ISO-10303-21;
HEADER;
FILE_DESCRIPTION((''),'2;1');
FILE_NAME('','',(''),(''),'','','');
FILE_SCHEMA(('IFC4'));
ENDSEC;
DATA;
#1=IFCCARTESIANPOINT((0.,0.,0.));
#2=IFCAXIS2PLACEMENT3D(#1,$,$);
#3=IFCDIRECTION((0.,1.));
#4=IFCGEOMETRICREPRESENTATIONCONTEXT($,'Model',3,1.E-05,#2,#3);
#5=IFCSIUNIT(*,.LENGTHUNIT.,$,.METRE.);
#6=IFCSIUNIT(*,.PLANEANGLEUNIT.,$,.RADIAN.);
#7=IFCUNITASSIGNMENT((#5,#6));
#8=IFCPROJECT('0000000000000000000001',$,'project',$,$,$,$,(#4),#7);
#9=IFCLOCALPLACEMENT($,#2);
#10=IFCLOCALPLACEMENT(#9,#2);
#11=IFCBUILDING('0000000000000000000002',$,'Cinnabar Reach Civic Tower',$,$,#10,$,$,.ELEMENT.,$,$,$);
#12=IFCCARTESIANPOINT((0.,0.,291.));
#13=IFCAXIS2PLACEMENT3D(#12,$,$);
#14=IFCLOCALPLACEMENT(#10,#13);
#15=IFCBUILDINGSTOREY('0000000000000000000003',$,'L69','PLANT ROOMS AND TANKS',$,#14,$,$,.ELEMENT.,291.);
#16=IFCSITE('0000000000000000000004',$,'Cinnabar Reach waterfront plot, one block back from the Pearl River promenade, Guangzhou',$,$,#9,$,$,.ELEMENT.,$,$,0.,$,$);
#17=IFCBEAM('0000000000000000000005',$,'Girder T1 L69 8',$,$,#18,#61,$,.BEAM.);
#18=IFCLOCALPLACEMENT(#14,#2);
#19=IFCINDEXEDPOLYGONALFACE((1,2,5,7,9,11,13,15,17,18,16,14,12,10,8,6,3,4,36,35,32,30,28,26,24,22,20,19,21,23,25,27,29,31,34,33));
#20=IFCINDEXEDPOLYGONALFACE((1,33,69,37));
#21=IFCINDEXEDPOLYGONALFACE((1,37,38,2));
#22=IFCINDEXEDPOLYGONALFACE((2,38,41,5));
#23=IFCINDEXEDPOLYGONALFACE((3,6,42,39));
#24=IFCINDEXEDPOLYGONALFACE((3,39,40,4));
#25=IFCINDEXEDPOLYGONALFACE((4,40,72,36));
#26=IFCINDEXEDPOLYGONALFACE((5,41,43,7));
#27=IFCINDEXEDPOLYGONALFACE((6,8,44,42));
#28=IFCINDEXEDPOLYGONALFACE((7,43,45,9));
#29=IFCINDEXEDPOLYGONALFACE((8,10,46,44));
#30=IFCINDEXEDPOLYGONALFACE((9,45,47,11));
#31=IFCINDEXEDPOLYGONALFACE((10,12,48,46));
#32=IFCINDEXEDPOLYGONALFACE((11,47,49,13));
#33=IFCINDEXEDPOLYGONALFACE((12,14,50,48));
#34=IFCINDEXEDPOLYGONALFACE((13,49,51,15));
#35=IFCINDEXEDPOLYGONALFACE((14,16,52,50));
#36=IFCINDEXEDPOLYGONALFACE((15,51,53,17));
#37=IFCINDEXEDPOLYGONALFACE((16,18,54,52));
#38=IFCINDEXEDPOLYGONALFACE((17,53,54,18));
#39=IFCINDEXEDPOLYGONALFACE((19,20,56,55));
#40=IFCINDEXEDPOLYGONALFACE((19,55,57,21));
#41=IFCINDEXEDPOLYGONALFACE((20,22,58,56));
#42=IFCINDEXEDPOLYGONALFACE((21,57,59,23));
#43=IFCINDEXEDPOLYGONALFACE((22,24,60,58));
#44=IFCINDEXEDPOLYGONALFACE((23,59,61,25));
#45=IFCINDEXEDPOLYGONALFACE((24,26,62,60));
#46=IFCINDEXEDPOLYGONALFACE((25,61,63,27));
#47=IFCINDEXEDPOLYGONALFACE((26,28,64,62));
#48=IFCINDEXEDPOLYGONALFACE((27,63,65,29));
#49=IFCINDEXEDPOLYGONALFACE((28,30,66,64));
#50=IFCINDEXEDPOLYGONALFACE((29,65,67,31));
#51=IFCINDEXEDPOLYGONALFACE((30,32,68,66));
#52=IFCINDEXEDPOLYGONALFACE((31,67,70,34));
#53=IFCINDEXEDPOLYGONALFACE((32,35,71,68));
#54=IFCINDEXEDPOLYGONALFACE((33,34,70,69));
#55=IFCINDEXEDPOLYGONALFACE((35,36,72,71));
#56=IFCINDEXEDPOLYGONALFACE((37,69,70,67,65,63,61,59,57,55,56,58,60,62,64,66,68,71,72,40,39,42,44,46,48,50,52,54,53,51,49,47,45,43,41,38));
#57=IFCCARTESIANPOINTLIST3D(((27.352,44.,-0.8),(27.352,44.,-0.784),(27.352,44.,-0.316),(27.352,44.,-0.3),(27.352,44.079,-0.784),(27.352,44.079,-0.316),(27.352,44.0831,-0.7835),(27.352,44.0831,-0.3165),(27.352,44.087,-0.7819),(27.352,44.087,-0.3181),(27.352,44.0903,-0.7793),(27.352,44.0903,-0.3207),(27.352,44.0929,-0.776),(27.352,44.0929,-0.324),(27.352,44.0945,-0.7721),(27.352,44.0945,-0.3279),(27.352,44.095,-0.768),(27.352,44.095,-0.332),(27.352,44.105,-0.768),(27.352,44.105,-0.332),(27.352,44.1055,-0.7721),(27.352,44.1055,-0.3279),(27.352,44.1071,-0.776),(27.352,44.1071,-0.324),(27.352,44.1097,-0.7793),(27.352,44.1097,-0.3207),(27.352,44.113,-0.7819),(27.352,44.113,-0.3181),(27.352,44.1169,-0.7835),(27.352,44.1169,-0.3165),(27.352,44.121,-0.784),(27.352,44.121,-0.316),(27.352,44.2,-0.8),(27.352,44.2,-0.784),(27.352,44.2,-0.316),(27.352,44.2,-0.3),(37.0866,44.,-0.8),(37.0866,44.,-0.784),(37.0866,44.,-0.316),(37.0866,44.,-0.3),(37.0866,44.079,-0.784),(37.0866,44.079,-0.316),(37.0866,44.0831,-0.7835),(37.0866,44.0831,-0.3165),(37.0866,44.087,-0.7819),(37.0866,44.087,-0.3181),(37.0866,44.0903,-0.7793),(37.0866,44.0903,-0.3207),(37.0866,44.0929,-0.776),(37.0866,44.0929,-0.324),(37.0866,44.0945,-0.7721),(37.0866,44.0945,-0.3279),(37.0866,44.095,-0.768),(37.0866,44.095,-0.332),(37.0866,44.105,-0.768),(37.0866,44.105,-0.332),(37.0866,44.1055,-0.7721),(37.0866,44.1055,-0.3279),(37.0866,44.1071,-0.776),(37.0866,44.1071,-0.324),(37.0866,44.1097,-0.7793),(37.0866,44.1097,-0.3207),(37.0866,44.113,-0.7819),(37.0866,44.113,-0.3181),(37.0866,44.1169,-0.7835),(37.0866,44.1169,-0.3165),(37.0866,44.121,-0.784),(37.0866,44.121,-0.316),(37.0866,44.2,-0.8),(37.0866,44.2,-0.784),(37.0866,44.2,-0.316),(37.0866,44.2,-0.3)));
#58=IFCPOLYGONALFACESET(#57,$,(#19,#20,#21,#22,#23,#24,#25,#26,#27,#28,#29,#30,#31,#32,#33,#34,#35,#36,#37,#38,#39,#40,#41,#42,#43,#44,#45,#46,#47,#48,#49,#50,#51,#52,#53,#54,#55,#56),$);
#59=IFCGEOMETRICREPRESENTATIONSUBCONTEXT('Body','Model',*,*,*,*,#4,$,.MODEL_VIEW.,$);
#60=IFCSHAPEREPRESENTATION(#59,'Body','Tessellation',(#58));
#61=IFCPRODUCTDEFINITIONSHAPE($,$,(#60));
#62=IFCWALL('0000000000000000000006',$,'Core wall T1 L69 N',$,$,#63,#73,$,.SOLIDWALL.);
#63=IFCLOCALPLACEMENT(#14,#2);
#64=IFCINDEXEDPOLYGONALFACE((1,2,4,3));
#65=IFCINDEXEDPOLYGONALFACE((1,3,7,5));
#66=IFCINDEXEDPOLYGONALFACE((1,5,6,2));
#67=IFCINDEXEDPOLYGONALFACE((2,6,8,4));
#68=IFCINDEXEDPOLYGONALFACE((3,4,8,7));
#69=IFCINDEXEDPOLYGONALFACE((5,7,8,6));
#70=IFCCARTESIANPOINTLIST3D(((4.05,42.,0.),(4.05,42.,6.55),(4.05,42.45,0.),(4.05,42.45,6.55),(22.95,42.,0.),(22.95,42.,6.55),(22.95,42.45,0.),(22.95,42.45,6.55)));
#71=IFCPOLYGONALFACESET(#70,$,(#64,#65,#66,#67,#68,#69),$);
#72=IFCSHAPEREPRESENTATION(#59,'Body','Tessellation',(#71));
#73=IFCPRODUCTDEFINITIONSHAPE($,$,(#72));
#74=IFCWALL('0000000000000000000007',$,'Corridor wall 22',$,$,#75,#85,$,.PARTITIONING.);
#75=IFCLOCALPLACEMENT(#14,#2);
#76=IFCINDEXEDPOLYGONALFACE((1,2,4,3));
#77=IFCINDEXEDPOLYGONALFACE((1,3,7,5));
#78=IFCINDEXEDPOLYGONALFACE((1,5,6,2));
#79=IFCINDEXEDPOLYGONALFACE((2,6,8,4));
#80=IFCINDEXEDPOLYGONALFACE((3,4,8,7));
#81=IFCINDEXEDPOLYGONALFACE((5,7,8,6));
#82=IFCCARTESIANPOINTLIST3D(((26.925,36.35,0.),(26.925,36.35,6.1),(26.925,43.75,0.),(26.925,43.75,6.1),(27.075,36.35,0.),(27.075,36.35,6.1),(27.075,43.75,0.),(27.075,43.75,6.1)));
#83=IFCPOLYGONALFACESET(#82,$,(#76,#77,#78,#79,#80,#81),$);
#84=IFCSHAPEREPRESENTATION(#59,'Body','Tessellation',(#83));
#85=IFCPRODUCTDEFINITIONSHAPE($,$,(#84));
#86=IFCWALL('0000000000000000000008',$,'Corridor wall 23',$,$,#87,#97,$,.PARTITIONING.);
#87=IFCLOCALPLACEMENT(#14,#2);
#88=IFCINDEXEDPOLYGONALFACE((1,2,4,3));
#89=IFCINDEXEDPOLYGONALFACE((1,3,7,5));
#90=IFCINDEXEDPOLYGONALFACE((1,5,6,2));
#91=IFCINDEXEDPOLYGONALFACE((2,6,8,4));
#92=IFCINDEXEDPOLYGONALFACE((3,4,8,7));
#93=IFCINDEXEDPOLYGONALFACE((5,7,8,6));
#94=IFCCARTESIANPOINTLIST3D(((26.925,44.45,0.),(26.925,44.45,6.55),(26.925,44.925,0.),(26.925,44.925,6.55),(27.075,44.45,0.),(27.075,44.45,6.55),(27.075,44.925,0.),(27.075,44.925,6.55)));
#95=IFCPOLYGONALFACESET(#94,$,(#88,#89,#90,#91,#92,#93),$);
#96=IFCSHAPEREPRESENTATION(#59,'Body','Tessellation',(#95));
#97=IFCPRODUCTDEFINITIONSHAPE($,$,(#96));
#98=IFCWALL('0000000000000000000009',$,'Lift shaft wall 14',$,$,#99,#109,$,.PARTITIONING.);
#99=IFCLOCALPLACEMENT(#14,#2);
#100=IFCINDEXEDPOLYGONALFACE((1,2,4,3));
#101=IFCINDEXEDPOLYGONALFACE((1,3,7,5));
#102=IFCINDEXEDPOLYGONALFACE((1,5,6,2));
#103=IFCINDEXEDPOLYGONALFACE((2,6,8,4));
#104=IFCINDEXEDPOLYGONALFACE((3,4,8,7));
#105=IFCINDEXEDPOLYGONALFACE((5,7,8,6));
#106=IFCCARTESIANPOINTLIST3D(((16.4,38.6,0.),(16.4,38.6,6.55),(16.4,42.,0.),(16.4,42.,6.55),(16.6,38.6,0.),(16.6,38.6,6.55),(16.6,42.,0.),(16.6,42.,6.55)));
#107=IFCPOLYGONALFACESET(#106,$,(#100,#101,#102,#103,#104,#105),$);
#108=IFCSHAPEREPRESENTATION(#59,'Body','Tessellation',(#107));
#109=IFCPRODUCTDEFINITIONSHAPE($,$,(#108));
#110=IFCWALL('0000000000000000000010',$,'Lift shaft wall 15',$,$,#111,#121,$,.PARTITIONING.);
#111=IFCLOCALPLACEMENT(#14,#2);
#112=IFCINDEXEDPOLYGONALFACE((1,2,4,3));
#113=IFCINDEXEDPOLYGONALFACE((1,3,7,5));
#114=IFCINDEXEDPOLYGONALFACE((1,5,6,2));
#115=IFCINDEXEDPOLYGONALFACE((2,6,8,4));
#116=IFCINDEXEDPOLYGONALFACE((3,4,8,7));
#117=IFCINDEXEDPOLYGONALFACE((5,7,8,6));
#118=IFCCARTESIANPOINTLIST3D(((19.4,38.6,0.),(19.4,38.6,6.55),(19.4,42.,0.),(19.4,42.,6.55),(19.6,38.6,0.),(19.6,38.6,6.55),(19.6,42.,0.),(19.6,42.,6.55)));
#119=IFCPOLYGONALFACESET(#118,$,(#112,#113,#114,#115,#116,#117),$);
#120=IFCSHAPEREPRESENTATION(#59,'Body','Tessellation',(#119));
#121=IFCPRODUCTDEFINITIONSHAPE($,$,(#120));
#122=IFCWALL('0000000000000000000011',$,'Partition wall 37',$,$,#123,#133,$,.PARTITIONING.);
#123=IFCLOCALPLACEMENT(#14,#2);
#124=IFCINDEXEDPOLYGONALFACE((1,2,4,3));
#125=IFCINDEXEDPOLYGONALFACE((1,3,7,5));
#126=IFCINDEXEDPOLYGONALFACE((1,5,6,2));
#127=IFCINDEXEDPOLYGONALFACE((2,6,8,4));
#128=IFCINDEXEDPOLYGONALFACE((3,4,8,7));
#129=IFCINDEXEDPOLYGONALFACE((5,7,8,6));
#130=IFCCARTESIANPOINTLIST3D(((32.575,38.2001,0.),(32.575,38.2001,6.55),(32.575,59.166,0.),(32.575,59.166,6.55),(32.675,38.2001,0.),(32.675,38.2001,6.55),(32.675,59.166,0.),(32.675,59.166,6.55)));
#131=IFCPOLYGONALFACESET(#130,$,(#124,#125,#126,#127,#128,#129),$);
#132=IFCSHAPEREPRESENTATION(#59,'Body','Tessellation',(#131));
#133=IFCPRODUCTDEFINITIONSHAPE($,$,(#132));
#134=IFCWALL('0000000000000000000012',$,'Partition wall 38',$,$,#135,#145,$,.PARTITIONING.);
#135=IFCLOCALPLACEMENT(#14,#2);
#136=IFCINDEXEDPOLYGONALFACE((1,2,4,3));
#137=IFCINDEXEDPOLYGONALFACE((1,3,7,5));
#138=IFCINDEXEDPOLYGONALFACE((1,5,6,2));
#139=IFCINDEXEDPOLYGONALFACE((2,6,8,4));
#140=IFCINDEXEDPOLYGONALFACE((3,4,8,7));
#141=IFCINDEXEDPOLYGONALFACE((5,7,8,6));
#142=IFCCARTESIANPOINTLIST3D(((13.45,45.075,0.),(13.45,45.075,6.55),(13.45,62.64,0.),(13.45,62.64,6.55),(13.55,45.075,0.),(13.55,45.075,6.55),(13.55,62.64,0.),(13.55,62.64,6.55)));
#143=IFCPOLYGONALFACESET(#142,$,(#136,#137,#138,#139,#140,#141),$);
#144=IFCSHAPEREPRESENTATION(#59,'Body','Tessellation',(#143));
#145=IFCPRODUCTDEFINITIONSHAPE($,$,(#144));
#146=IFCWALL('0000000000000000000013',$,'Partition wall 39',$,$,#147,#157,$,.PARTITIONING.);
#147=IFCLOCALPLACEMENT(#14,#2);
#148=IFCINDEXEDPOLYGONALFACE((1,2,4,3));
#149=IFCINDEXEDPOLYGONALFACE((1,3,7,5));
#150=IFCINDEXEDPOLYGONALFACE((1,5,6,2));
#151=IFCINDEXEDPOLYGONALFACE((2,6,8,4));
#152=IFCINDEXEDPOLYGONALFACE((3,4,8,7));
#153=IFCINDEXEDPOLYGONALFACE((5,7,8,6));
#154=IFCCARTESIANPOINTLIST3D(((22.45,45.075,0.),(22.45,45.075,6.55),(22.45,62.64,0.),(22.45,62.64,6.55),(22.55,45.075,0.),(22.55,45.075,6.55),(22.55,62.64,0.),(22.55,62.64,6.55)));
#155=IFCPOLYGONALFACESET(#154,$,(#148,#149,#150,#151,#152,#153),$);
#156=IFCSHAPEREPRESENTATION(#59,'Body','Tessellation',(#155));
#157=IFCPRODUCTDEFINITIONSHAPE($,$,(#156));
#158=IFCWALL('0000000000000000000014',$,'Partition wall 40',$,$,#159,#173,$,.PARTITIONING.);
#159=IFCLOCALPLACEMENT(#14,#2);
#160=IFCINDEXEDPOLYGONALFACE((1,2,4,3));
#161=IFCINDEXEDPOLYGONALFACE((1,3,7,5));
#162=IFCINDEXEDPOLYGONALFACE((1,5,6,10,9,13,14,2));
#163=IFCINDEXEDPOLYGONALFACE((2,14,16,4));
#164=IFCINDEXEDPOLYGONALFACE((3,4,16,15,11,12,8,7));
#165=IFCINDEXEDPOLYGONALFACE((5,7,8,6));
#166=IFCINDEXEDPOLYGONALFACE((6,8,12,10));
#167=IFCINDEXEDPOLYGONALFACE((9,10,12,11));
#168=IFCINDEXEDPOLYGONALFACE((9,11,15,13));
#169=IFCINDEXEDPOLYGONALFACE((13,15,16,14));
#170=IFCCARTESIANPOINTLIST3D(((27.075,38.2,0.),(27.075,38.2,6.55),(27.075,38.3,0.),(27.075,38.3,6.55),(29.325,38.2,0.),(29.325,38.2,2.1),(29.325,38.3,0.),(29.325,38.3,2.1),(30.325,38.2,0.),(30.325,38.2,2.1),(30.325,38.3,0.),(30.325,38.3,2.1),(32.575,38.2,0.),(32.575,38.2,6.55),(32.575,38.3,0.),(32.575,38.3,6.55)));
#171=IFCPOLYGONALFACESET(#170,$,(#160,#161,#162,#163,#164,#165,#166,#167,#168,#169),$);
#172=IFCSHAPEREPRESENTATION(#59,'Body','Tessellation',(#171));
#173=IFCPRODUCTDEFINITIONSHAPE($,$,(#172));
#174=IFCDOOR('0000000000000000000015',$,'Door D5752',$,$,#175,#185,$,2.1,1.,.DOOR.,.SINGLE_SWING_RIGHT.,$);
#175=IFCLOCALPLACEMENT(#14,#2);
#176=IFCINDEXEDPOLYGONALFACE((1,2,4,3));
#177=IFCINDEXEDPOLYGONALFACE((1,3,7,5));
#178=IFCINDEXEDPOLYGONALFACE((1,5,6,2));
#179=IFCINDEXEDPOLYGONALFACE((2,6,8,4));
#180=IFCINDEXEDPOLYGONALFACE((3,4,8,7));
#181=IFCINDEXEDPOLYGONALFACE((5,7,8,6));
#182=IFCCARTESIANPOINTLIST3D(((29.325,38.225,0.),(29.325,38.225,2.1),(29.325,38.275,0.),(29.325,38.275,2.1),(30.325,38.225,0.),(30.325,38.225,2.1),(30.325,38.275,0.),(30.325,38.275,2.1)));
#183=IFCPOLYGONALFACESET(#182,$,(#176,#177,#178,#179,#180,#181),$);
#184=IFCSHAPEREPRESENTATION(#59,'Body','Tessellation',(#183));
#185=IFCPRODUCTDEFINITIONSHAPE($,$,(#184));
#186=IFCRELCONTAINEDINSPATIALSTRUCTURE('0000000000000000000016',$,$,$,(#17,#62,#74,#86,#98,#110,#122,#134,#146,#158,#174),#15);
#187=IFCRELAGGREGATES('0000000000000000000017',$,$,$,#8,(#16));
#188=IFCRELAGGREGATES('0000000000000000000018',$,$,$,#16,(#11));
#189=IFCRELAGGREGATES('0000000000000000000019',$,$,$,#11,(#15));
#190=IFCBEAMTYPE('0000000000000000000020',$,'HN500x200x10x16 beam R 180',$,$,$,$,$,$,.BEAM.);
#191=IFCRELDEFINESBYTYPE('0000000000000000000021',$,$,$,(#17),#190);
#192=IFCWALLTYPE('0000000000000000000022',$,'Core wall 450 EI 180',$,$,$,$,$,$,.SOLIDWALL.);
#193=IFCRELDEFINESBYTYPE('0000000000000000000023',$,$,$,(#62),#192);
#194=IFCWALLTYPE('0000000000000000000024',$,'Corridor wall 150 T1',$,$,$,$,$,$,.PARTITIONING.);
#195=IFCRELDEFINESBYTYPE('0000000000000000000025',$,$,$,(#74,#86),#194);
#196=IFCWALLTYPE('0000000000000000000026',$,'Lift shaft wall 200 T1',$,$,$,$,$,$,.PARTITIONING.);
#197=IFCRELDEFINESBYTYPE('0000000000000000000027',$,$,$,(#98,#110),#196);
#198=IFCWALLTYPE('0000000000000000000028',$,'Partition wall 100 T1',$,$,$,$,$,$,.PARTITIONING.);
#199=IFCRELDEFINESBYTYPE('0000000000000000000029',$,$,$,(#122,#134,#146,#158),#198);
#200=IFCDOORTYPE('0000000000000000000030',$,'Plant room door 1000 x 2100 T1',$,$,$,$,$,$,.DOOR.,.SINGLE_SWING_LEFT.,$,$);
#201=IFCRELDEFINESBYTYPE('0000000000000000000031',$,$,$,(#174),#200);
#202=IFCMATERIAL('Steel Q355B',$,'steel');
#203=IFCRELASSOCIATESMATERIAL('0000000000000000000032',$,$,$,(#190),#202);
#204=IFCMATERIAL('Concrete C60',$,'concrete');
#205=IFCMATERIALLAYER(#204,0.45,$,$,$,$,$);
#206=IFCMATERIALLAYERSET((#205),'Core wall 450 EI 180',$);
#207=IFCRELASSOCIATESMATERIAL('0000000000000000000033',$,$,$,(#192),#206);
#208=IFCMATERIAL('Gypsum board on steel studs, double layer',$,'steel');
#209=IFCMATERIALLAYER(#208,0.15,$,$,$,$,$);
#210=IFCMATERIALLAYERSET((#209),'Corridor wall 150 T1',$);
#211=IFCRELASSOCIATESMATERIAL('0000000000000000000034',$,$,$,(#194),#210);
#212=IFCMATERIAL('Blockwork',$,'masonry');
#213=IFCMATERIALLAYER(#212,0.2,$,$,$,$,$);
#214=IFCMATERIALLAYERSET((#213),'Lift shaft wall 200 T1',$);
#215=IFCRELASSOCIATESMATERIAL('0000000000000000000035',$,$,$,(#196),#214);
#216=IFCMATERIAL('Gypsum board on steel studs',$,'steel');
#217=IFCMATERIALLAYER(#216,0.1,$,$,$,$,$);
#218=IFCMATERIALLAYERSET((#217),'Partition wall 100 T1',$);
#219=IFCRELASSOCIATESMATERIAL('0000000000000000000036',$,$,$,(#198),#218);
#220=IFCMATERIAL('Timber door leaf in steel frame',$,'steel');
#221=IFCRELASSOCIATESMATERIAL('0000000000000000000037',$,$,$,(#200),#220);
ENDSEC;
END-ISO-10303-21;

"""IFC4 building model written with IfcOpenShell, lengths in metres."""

from ifc_helpers import new_model, si_unit, direction, frame, frame_2d, origin, origin_2d, place, context, subcontext, project, spatial, rectangle, i_section, extrude, material, layer, layer_set, material_profile, profile_set, type_object, element, fill, save


model = new_model("IFC4")

# Units and contexts
model_context = context("Model", 3, precision=1e-05, world=origin(), true_north=direction((0.0, 1.0)))
body_context = subcontext(model_context, "Body", "Model", "MODEL_VIEW")
ifc_project = project(units=[si_unit("LENGTHUNIT", "METRE"), si_unit("PLANEANGLEUNIT", "RADIAN")], contexts=[model_context])

# Site, building, storey
site_placement = place(None, origin())
site = spatial("IfcSite", under=ifc_project, at=site_placement, Name="Cinnabar Reach waterfront plot, one block back from the Pearl River promenade, Guangzhou", CompositionType="ELEMENT", RefElevation=0.0)
building_placement = place(site_placement, origin())
building = spatial("IfcBuilding", under=site, at=building_placement, Name="Cinnabar Reach Civic Tower", CompositionType="ELEMENT")
storey_placement = place(building_placement, frame((0.0, 0.0, 291.0)))
storey = spatial("IfcBuildingStorey", under=building, at=storey_placement, Name="L69", Description="PLANT ROOMS AND TANKS", CompositionType="ELEMENT", Elevation=291.0)

# Shared definitions
ifc_material_1 = material(Name="Concrete C60", Category="concrete")

# Beam
ifc_material_2 = material(Name="Steel Q355B", Category="steel")
ifc_material_profile_1 = material_profile(ifc_material_2, i_section(OverallWidth=0.2, OverallDepth=0.5, WebThickness=0.01, FlangeThickness=0.016, FilletRadius=0.016, at=origin_2d()), Name="HN500x200x10x16")
ifc_profile_set_1 = profile_set([ifc_material_profile_1], Name="Steel Q355B")
beam_type_1 = type_object("IfcBeamType", Name="HN500x200x10x16 beam R 180", PredefinedType="BEAM", material=ifc_profile_set_1)
beam_1_placement = place(storey_placement, frame((27.352, 44.1, -0.55), z_axis=(1.0, 0.0, 0.0), x_axis=(0.0, 1.0, 0.0)))
element("IfcBeam", 1, at=beam_1_placement, inside=storey, type_object=beam_type_1, Name="Girder T1 L69 8", PredefinedType="BEAM", context=body_context, shape_type="SweptSolid", body=[
    extrude(i_section(OverallWidth=0.2, OverallDepth=0.5, WebThickness=0.01, FlangeThickness=0.016, FilletRadius=0.016, at=origin_2d()), origin(), (0.0, 0.0, 1.0), 9.7346),
])

# Walls
ifc_layer_1 = layer(ifc_material_1, 0.45)
ifc_layer_set_1 = layer_set([ifc_layer_1], Name="Core wall 450 EI 180")
wall_type_1 = type_object("IfcWallType", Name="Core wall 450 EI 180", PredefinedType="SOLIDWALL", material=ifc_layer_set_1)
wall_1_placement = place(storey_placement, frame((22.95, 42.225, 0.0), z_axis=(0.0, 0.0, 1.0), x_axis=(-1.0, 0.0, 0.0)))
element("IfcWall", 2, at=wall_1_placement, inside=storey, type_object=wall_type_1, Name="Core wall T1 L69 N", PredefinedType="SOLIDWALL", context=body_context, shape_type="SweptSolid", body=[
    extrude(rectangle(XDim=18.9, YDim=0.45, at=frame_2d((9.45, 0.0))), origin(), (0.0, 0.0, 1.0), 6.55),
])
ifc_material_3 = material(Name="Gypsum board on steel studs, double layer", Category="steel")
ifc_layer_2 = layer(ifc_material_3, 0.15)
ifc_layer_set_2 = layer_set([ifc_layer_2], Name="Corridor wall 150 T1")
wall_type_2 = type_object("IfcWallType", Name="Corridor wall 150 T1", PredefinedType="PARTITIONING", material=ifc_layer_set_2)
wall_2_placement = place(storey_placement, frame((27.0, 36.35, 0.0), z_axis=(0.0, 0.0, 1.0), x_axis=(0.0, 1.0, 0.0)))
element("IfcWall", 3, at=wall_2_placement, inside=storey, type_object=wall_type_2, Name="Corridor wall 22", PredefinedType="PARTITIONING", context=body_context, shape_type="SweptSolid", body=[
    extrude(rectangle(XDim=7.4, YDim=0.15, at=frame_2d((3.7, 0.0))), origin(), (0.0, 0.0, 1.0), 6.1),
])
wall_3_placement = place(storey_placement, frame((27.0, 44.45, 0.0), z_axis=(0.0, 0.0, 1.0), x_axis=(0.0, 1.0, 0.0)))
element("IfcWall", 4, at=wall_3_placement, inside=storey, type_object=wall_type_2, Name="Corridor wall 23", PredefinedType="PARTITIONING", context=body_context, shape_type="SweptSolid", body=[
    extrude(rectangle(XDim=0.475, YDim=0.15, at=frame_2d((0.2375, 0.0))), origin(), (0.0, 0.0, 1.0), 6.55),
])
ifc_material_4 = material(Name="Blockwork", Category="masonry")
ifc_layer_3 = layer(ifc_material_4, 0.2)
ifc_layer_set_3 = layer_set([ifc_layer_3], Name="Lift shaft wall 200 T1")
wall_type_3 = type_object("IfcWallType", Name="Lift shaft wall 200 T1", PredefinedType="PARTITIONING", material=ifc_layer_set_3)
for number, where, z_axis, x_axis, name in (
    (5, (16.5, 38.6, 0.0), (0.0, 0.0, 1.0), (0.0, 1.0, 0.0), "Lift shaft wall 14"),
    (6, (19.5, 38.6, 0.0), (0.0, 0.0, 1.0), (0.0, 1.0, 0.0), "Lift shaft wall 15"),
):
    element("IfcWall", number, at=place(storey_placement, frame(where, z_axis=z_axis, x_axis=x_axis)), inside=storey, type_object=wall_type_3, Name=name, PredefinedType="PARTITIONING", context=body_context, shape_type="SweptSolid", body=[
        extrude(rectangle(XDim=3.4, YDim=0.2, at=frame_2d((1.7, 0.0))), origin(), (0.0, 0.0, 1.0), 6.55),
    ])
ifc_material_5 = material(Name="Gypsum board on steel studs", Category="steel")
ifc_layer_4 = layer(ifc_material_5, 0.1)
ifc_layer_set_4 = layer_set([ifc_layer_4], Name="Partition wall 100 T1")
wall_type_4 = type_object("IfcWallType", Name="Partition wall 100 T1", PredefinedType="PARTITIONING", material=ifc_layer_set_4)
wall_4_placement = place(storey_placement, frame((32.625, 38.2, 0.0), z_axis=(0.0, 0.0, 1.0), x_axis=(0.0, 1.0, 0.0)))
element("IfcWall", 7, at=wall_4_placement, inside=storey, type_object=wall_type_4, Name="Partition wall 37", PredefinedType="PARTITIONING", context=body_context, shape_type="SweptSolid", body=[
    extrude(rectangle(XDim=20.9659, YDim=0.1, at=frame_2d((10.483, 0.0))), origin(), (0.0, 0.0, 1.0), 6.55),
])
for number, where, z_axis, x_axis, name in (
    (8, (13.5, 45.075, 0.0), (0.0, 0.0, 1.0), (0.0, 1.0, 0.0), "Partition wall 38"),
    (9, (22.5, 45.075, 0.0), (0.0, 0.0, 1.0), (0.0, 1.0, 0.0), "Partition wall 39"),
):
    element("IfcWall", number, at=place(storey_placement, frame(where, z_axis=z_axis, x_axis=x_axis)), inside=storey, type_object=wall_type_4, Name=name, PredefinedType="PARTITIONING", context=body_context, shape_type="SweptSolid", body=[
        extrude(rectangle(XDim=17.565, YDim=0.1, at=frame_2d((8.7825, 0.0))), origin(), (0.0, 0.0, 1.0), 6.55),
    ])

# Wall, opening, door
wall_5_placement = place(storey_placement, frame((27.075, 38.25, 0.0), z_axis=(0.0, 0.0, 1.0), x_axis=(1.0, 0.0, 0.0)))
wall_5 = element("IfcWall", 10, at=wall_5_placement, inside=storey, type_object=wall_type_4, Name="Partition wall 40", PredefinedType="PARTITIONING", context=body_context, shape_type="SweptSolid", body=[
    extrude(rectangle(XDim=5.5, YDim=0.1, at=frame_2d((2.75, 0.0))), origin(), (0.0, 0.0, 1.0), 6.55),
])
opening_1_placement = place(wall_5_placement, frame((2.25, 0.0, 0.0)))
opening_1 = element("IfcOpeningElement", 11, at=opening_1_placement, cuts=wall_5, PredefinedType="OPENING", context=body_context, shape_type="SweptSolid", body=[
    extrude(rectangle(XDim=1.0, YDim=2.1, at=frame_2d((0.5, 1.05))), frame((0.0, 0.06, 0.0), z_axis=(0.0, -1.0, 0.0), x_axis=(1.0, 0.0, 0.0)), (0.0, 0.0, 1.0), 0.12),
])
ifc_material_6 = material(Name="Timber door leaf in steel frame", Category="steel")
door_type_1 = type_object("IfcDoorType", Name="Plant room door 1000 x 2100 T1", OperationType="SINGLE_SWING_LEFT", PredefinedType="DOOR", material=ifc_material_6)
door_1_placement = place(opening_1_placement, frame((1.0, 0.0, 0.0), z_axis=(0.0, 0.0, 1.0), x_axis=(-1.0, 0.0, 0.0)))
door_1 = element("IfcDoor", 12, at=door_1_placement, inside=storey, type_object=door_type_1, Name="Door D5752", OperationType="SINGLE_SWING_RIGHT", OverallHeight=2.1, OverallWidth=1.0, PredefinedType="DOOR", context=body_context, shape_type="SweptSolid", body=[
    extrude(rectangle(XDim=1.0, YDim=2.1, at=frame_2d((0.5, 1.05))), frame((0.0, 0.025, 0.0), z_axis=(0.0, -1.0, 0.0), x_axis=(1.0, 0.0, 0.0)), (0.0, 0.0, 1.0), 0.05),
])
fill(opening_1, door_1)

save(model, "model.ifc")
